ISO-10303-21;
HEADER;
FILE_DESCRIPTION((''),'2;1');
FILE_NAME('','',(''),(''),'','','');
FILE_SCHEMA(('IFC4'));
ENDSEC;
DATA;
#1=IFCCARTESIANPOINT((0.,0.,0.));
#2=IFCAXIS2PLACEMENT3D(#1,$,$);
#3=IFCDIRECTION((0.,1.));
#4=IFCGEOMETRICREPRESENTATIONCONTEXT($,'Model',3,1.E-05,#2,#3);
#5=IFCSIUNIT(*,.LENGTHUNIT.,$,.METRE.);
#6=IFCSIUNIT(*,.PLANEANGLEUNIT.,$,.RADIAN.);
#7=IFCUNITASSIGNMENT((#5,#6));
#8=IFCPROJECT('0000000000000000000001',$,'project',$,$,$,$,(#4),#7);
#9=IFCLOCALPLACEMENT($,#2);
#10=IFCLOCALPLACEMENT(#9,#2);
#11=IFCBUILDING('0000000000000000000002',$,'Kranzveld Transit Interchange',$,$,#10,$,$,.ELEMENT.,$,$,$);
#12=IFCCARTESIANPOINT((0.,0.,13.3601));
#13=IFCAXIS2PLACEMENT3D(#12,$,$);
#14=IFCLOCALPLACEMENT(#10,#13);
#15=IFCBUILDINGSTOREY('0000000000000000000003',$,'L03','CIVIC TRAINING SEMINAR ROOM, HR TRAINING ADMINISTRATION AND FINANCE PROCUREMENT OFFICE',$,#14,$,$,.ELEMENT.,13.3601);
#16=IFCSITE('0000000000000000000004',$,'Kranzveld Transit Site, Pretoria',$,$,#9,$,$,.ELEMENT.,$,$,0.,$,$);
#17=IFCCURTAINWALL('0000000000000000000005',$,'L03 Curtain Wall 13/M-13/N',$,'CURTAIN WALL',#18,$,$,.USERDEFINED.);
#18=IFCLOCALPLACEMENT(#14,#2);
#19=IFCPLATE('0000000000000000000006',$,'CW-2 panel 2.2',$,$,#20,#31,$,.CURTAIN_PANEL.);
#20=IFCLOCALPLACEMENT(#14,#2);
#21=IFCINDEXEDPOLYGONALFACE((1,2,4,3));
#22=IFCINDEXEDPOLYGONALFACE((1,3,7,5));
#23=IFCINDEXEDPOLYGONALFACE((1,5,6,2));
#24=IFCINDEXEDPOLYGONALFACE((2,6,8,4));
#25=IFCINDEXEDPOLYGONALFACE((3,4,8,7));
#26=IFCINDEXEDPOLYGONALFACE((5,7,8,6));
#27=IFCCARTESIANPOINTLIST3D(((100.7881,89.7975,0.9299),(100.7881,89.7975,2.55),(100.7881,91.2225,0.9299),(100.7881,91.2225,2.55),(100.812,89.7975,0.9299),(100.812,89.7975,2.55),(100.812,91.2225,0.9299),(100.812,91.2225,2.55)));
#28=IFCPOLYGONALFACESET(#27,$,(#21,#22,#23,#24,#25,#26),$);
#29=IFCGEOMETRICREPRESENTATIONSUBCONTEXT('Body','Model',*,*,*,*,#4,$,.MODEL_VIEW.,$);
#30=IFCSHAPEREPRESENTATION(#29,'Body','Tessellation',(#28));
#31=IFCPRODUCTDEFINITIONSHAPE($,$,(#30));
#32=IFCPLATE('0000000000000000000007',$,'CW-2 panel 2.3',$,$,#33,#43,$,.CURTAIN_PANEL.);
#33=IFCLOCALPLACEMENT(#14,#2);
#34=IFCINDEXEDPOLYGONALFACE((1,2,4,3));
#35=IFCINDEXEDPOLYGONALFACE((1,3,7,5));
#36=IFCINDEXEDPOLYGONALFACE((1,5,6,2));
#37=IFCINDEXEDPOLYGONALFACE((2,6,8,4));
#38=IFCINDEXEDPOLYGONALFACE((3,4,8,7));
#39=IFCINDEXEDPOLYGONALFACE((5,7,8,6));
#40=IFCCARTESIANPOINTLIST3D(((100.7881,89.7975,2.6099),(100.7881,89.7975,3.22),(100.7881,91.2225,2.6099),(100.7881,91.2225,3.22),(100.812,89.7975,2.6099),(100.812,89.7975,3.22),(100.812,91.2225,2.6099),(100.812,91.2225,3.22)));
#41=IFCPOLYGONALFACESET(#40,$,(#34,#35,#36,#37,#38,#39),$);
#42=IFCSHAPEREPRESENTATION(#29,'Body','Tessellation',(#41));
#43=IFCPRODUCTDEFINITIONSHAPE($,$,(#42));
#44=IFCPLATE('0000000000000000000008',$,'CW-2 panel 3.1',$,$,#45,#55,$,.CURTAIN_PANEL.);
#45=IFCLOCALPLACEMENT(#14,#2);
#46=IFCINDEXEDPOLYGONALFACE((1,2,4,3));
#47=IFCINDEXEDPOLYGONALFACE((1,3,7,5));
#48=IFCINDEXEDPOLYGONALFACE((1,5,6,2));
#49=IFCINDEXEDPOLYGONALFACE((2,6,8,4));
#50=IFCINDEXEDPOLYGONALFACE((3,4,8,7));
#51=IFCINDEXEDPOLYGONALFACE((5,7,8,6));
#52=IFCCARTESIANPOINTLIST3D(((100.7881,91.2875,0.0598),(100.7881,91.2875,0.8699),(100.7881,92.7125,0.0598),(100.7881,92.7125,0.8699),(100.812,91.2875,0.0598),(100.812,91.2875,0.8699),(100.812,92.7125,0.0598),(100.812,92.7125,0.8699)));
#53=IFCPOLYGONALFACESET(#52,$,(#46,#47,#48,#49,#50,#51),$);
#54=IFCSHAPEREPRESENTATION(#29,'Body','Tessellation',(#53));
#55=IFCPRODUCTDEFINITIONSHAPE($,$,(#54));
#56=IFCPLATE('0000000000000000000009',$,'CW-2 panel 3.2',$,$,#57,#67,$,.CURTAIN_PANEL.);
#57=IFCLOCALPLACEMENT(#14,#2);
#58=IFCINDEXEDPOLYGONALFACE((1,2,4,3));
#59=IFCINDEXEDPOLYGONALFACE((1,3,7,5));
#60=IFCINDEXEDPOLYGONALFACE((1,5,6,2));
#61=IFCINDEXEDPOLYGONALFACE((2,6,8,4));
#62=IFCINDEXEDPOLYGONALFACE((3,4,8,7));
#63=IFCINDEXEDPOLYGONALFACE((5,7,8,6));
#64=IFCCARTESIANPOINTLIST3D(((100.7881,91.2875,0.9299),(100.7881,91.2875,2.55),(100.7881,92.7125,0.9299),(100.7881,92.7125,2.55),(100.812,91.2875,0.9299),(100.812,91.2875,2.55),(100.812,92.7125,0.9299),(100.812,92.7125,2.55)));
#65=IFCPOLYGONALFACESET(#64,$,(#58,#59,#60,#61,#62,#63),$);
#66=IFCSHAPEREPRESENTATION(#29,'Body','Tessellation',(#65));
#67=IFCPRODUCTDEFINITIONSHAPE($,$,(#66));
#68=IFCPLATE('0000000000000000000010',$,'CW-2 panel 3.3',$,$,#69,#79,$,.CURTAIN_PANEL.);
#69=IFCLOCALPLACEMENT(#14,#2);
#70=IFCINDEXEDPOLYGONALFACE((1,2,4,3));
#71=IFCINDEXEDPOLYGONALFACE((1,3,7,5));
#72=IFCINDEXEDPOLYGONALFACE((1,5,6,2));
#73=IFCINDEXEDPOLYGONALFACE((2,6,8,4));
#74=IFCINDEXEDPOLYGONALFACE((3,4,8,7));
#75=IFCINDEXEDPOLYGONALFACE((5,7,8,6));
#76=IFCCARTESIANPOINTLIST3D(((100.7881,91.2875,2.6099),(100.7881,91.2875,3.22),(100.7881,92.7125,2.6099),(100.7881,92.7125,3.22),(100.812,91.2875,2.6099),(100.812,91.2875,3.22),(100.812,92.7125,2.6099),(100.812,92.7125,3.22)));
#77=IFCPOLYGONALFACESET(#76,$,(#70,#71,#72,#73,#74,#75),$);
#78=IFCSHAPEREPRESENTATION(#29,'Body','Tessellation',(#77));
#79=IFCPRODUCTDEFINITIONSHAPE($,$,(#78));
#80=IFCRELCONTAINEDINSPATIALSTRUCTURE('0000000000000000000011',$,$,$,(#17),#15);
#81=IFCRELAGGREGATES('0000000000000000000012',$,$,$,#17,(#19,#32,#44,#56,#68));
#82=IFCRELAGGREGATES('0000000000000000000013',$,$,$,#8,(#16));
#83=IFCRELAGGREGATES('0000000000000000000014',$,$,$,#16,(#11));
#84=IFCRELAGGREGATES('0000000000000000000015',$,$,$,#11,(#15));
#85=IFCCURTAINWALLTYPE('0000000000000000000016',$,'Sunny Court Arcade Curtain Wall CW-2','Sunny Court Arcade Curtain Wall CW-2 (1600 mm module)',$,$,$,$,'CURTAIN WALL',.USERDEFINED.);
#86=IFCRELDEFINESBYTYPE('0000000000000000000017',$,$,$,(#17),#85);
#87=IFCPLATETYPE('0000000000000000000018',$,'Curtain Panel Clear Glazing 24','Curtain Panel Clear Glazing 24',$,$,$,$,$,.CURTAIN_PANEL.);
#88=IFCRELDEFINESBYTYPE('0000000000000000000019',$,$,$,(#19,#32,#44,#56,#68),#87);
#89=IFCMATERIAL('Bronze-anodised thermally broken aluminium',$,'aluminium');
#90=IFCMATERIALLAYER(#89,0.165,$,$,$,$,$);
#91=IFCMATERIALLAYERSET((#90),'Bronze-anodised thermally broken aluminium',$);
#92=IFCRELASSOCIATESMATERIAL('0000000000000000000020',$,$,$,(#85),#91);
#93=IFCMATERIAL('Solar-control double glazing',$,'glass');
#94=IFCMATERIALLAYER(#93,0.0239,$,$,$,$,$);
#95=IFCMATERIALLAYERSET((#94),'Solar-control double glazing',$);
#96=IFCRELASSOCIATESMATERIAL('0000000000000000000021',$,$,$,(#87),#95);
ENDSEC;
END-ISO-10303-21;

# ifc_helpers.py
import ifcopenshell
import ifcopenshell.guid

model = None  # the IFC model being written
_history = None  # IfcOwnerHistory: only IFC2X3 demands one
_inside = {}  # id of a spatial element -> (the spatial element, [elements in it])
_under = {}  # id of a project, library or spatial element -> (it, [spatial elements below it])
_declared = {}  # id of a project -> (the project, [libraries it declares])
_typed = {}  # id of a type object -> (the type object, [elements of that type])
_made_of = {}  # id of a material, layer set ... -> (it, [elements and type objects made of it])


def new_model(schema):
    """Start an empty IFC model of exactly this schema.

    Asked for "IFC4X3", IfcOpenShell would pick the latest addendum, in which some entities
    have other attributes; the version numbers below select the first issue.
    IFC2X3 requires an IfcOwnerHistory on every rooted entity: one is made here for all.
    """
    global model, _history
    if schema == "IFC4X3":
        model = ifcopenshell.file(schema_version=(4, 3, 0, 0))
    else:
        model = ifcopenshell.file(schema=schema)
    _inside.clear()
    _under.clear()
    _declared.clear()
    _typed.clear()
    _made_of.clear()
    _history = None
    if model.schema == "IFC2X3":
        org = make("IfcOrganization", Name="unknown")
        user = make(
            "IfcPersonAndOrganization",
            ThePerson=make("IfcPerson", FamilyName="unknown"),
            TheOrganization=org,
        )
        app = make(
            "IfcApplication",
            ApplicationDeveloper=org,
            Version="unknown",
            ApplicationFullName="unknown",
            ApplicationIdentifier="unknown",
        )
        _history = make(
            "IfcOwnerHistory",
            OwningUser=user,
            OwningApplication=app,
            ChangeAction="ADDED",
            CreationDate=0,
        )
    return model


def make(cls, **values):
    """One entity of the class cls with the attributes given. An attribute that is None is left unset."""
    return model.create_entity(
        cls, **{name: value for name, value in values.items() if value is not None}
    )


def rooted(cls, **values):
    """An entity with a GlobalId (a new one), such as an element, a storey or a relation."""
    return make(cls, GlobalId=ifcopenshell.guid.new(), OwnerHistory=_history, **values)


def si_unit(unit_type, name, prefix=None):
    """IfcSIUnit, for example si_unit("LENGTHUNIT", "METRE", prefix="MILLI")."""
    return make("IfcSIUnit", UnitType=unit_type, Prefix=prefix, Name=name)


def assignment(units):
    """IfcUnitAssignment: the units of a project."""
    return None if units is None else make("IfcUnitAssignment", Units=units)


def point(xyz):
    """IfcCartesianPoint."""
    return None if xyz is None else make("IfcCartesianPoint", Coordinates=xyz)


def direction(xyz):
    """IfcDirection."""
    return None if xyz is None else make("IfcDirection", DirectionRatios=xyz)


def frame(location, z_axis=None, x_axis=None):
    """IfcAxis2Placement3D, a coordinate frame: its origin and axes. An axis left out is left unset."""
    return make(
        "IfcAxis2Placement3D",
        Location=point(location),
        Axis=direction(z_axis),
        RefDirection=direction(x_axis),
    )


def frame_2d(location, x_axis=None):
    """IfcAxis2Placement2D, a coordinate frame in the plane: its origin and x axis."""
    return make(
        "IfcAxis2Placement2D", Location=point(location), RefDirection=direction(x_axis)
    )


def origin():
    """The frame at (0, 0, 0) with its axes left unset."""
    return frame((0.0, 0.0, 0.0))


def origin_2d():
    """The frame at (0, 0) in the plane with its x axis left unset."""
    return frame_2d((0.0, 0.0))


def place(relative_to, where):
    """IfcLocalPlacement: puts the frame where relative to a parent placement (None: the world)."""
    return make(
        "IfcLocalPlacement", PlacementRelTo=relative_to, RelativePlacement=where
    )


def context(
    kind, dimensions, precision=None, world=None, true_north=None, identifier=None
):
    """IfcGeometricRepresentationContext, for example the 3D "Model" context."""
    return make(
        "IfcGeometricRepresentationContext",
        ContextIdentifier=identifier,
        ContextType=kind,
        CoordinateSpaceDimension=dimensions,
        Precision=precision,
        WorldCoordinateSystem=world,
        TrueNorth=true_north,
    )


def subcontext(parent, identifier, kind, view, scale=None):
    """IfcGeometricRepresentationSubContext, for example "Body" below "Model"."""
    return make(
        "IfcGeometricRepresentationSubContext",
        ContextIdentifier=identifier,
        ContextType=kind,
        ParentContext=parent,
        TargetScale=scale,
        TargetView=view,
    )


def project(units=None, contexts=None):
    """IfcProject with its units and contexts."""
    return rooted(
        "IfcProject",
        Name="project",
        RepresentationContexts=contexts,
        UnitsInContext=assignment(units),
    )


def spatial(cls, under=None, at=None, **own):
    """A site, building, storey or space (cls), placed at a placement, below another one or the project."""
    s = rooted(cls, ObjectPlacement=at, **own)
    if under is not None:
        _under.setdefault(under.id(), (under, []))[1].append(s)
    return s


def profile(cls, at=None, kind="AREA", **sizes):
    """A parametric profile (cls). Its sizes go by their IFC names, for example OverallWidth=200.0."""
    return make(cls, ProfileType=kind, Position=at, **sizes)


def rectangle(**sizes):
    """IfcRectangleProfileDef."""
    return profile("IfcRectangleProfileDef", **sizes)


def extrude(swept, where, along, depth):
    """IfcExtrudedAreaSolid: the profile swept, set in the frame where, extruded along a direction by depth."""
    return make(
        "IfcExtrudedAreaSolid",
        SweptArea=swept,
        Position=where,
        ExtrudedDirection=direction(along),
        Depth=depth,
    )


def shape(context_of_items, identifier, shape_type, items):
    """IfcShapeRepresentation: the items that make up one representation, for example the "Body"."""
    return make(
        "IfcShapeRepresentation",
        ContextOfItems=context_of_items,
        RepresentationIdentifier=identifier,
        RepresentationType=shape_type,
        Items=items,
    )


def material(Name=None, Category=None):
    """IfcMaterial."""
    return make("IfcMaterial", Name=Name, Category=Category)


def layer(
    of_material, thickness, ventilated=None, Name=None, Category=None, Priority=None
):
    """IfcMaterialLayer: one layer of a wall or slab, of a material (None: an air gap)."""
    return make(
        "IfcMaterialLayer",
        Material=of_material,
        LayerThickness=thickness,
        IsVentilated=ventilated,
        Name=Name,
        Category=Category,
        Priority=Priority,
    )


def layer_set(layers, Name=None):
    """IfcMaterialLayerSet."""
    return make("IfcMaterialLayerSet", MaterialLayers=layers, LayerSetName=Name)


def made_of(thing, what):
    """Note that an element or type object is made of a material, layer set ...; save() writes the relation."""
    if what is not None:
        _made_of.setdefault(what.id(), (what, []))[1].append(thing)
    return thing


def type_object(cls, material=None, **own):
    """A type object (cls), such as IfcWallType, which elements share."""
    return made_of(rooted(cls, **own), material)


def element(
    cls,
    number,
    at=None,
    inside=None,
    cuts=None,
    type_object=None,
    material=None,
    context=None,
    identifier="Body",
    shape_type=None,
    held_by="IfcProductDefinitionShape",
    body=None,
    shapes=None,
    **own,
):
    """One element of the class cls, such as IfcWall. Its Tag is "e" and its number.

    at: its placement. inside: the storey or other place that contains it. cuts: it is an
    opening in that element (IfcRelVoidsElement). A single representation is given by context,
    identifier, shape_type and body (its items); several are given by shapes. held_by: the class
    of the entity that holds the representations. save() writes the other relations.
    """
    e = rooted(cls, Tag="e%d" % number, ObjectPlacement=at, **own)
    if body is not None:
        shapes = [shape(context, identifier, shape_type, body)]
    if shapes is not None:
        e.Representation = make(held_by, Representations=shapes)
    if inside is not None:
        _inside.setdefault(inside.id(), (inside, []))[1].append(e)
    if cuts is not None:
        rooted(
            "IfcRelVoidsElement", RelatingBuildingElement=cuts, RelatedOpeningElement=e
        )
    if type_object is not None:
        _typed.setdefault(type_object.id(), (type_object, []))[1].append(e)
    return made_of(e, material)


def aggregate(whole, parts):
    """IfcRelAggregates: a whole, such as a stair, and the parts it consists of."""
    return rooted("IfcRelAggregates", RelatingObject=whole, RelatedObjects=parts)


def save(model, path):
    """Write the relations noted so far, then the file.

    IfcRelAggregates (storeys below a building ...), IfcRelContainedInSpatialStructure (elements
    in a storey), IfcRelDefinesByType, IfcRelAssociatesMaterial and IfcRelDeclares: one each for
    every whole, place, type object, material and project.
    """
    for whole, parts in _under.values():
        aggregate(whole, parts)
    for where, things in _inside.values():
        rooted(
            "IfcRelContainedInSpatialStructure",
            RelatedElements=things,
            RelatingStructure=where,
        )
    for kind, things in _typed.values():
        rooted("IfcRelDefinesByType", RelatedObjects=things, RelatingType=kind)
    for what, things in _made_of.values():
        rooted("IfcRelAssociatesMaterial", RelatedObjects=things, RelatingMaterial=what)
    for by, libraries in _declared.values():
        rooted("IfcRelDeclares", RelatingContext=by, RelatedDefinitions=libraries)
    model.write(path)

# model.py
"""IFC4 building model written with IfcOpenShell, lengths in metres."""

from ifc_helpers import new_model, si_unit, direction, frame, origin, origin_2d, place, context, subcontext, project, spatial, rectangle, extrude, material, layer, layer_set, type_object, element, aggregate, save


model = new_model("IFC4")

# Units and contexts
model_context = context("Model", 3, precision=1e-05, world=origin(), true_north=direction((0.0, 1.0)))
body_context = subcontext(model_context, "Body", "Model", "MODEL_VIEW")
ifc_project = project(units=[si_unit("LENGTHUNIT", "METRE"), si_unit("PLANEANGLEUNIT", "RADIAN")], contexts=[model_context])

# Site, building, storey
site_placement = place(None, origin())
site = spatial("IfcSite", under=ifc_project, at=site_placement, Name="Kranzveld Transit Site, Pretoria", CompositionType="ELEMENT", RefElevation=0.0)
building_placement = place(site_placement, origin())
building = spatial("IfcBuilding", under=site, at=building_placement, Name="Kranzveld Transit Interchange", CompositionType="ELEMENT")
storey_placement = place(building_placement, frame((0.0, 0.0, 13.3601)))
storey = spatial("IfcBuildingStorey", under=building, at=storey_placement, Name="L03", Description="CIVIC TRAINING SEMINAR ROOM, HR TRAINING ADMINISTRATION AND FINANCE PROCUREMENT OFFICE", CompositionType="ELEMENT", Elevation=13.3601)

# Curtain wall
ifc_material_1 = material(Name="Bronze-anodised thermally broken aluminium", Category="aluminium")
ifc_layer_1 = layer(ifc_material_1, 0.165)
ifc_layer_set_1 = layer_set([ifc_layer_1], Name="Bronze-anodised thermally broken aluminium")
curtain_wall_type = type_object("IfcCurtainWallType", Name="Sunny Court Arcade Curtain Wall CW-2", Description="Sunny Court Arcade Curtain Wall CW-2 (1600 mm module)", ElementType="CURTAIN WALL", PredefinedType="USERDEFINED", material=ifc_layer_set_1)
curtain_wall_placement = place(storey_placement, origin())
curtain_wall = element("IfcCurtainWall", 1, at=curtain_wall_placement, inside=storey, type_object=curtain_wall_type, Name="L03 Curtain Wall 13/M-13/N", ObjectType="CURTAIN WALL", PredefinedType="USERDEFINED")

# Plates
ifc_material_2 = material(Name="Solar-control double glazing", Category="glass")
ifc_layer_2 = layer(ifc_material_2, 0.0239)
ifc_layer_set_2 = layer_set([ifc_layer_2], Name="Solar-control double glazing")
plate_type = type_object("IfcPlateType", Name="Curtain Panel Clear Glazing 24", Description="Curtain Panel Clear Glazing 24", PredefinedType="CURTAIN_PANEL", material=ifc_layer_set_2)
plate_1_placement = place(storey_placement, frame((100.8, 90.51, 0.9299), z_axis=(0.0, 0.0, 1.0), x_axis=(0.0, 1.0, 0.0)))
plate_1 = element("IfcPlate", 2, at=plate_1_placement, type_object=plate_type, Name="CW-2 panel 2.2", PredefinedType="CURTAIN_PANEL", context=body_context, shape_type="SweptSolid", body=[
    extrude(rectangle(XDim=1.425, YDim=0.0239, at=origin_2d()), origin(), (0.0, 0.0, 1.0), 1.6201),
])
plate_2_placement = place(storey_placement, frame((100.8, 90.51, 2.6099), z_axis=(0.0, 0.0, 1.0), x_axis=(0.0, 1.0, 0.0)))
plate_2 = element("IfcPlate", 3, at=plate_2_placement, type_object=plate_type, Name="CW-2 panel 2.3", PredefinedType="CURTAIN_PANEL", context=body_context, shape_type="SweptSolid", body=[
    extrude(rectangle(XDim=1.425, YDim=0.0239, at=origin_2d()), origin(), (0.0, 0.0, 1.0), 0.6101),
])
plate_3_placement = place(storey_placement, frame((100.8, 92.0, 0.0598), z_axis=(0.0, 0.0, 1.0), x_axis=(0.0, 1.0, 0.0)))
plate_3 = element("IfcPlate", 4, at=plate_3_placement, type_object=plate_type, Name="CW-2 panel 3.1", PredefinedType="CURTAIN_PANEL", context=body_context, shape_type="SweptSolid", body=[
    extrude(rectangle(XDim=1.425, YDim=0.0239, at=origin_2d()), origin(), (0.0, 0.0, 1.0), 0.8101),
])
plate_4_placement = place(storey_placement, frame((100.8, 92.0, 0.9299), z_axis=(0.0, 0.0, 1.0), x_axis=(0.0, 1.0, 0.0)))
plate_4 = element("IfcPlate", 5, at=plate_4_placement, type_object=plate_type, Name="CW-2 panel 3.2", PredefinedType="CURTAIN_PANEL", context=body_context, shape_type="SweptSolid", body=[
    extrude(rectangle(XDim=1.425, YDim=0.0239, at=origin_2d()), origin(), (0.0, 0.0, 1.0), 1.6201),
])
plate_5_placement = place(storey_placement, frame((100.8, 92.0, 2.6099), z_axis=(0.0, 0.0, 1.0), x_axis=(0.0, 1.0, 0.0)))
plate_5 = element("IfcPlate", 6, at=plate_5_placement, type_object=plate_type, Name="CW-2 panel 3.3", PredefinedType="CURTAIN_PANEL", context=body_context, shape_type="SweptSolid", body=[
    extrude(rectangle(XDim=1.425, YDim=0.0239, at=origin_2d()), origin(), (0.0, 0.0, 1.0), 0.6101),
])
aggregate(curtain_wall, [plate_1, plate_2, plate_3, plate_4, plate_5])

save(model, "model.ifc")
